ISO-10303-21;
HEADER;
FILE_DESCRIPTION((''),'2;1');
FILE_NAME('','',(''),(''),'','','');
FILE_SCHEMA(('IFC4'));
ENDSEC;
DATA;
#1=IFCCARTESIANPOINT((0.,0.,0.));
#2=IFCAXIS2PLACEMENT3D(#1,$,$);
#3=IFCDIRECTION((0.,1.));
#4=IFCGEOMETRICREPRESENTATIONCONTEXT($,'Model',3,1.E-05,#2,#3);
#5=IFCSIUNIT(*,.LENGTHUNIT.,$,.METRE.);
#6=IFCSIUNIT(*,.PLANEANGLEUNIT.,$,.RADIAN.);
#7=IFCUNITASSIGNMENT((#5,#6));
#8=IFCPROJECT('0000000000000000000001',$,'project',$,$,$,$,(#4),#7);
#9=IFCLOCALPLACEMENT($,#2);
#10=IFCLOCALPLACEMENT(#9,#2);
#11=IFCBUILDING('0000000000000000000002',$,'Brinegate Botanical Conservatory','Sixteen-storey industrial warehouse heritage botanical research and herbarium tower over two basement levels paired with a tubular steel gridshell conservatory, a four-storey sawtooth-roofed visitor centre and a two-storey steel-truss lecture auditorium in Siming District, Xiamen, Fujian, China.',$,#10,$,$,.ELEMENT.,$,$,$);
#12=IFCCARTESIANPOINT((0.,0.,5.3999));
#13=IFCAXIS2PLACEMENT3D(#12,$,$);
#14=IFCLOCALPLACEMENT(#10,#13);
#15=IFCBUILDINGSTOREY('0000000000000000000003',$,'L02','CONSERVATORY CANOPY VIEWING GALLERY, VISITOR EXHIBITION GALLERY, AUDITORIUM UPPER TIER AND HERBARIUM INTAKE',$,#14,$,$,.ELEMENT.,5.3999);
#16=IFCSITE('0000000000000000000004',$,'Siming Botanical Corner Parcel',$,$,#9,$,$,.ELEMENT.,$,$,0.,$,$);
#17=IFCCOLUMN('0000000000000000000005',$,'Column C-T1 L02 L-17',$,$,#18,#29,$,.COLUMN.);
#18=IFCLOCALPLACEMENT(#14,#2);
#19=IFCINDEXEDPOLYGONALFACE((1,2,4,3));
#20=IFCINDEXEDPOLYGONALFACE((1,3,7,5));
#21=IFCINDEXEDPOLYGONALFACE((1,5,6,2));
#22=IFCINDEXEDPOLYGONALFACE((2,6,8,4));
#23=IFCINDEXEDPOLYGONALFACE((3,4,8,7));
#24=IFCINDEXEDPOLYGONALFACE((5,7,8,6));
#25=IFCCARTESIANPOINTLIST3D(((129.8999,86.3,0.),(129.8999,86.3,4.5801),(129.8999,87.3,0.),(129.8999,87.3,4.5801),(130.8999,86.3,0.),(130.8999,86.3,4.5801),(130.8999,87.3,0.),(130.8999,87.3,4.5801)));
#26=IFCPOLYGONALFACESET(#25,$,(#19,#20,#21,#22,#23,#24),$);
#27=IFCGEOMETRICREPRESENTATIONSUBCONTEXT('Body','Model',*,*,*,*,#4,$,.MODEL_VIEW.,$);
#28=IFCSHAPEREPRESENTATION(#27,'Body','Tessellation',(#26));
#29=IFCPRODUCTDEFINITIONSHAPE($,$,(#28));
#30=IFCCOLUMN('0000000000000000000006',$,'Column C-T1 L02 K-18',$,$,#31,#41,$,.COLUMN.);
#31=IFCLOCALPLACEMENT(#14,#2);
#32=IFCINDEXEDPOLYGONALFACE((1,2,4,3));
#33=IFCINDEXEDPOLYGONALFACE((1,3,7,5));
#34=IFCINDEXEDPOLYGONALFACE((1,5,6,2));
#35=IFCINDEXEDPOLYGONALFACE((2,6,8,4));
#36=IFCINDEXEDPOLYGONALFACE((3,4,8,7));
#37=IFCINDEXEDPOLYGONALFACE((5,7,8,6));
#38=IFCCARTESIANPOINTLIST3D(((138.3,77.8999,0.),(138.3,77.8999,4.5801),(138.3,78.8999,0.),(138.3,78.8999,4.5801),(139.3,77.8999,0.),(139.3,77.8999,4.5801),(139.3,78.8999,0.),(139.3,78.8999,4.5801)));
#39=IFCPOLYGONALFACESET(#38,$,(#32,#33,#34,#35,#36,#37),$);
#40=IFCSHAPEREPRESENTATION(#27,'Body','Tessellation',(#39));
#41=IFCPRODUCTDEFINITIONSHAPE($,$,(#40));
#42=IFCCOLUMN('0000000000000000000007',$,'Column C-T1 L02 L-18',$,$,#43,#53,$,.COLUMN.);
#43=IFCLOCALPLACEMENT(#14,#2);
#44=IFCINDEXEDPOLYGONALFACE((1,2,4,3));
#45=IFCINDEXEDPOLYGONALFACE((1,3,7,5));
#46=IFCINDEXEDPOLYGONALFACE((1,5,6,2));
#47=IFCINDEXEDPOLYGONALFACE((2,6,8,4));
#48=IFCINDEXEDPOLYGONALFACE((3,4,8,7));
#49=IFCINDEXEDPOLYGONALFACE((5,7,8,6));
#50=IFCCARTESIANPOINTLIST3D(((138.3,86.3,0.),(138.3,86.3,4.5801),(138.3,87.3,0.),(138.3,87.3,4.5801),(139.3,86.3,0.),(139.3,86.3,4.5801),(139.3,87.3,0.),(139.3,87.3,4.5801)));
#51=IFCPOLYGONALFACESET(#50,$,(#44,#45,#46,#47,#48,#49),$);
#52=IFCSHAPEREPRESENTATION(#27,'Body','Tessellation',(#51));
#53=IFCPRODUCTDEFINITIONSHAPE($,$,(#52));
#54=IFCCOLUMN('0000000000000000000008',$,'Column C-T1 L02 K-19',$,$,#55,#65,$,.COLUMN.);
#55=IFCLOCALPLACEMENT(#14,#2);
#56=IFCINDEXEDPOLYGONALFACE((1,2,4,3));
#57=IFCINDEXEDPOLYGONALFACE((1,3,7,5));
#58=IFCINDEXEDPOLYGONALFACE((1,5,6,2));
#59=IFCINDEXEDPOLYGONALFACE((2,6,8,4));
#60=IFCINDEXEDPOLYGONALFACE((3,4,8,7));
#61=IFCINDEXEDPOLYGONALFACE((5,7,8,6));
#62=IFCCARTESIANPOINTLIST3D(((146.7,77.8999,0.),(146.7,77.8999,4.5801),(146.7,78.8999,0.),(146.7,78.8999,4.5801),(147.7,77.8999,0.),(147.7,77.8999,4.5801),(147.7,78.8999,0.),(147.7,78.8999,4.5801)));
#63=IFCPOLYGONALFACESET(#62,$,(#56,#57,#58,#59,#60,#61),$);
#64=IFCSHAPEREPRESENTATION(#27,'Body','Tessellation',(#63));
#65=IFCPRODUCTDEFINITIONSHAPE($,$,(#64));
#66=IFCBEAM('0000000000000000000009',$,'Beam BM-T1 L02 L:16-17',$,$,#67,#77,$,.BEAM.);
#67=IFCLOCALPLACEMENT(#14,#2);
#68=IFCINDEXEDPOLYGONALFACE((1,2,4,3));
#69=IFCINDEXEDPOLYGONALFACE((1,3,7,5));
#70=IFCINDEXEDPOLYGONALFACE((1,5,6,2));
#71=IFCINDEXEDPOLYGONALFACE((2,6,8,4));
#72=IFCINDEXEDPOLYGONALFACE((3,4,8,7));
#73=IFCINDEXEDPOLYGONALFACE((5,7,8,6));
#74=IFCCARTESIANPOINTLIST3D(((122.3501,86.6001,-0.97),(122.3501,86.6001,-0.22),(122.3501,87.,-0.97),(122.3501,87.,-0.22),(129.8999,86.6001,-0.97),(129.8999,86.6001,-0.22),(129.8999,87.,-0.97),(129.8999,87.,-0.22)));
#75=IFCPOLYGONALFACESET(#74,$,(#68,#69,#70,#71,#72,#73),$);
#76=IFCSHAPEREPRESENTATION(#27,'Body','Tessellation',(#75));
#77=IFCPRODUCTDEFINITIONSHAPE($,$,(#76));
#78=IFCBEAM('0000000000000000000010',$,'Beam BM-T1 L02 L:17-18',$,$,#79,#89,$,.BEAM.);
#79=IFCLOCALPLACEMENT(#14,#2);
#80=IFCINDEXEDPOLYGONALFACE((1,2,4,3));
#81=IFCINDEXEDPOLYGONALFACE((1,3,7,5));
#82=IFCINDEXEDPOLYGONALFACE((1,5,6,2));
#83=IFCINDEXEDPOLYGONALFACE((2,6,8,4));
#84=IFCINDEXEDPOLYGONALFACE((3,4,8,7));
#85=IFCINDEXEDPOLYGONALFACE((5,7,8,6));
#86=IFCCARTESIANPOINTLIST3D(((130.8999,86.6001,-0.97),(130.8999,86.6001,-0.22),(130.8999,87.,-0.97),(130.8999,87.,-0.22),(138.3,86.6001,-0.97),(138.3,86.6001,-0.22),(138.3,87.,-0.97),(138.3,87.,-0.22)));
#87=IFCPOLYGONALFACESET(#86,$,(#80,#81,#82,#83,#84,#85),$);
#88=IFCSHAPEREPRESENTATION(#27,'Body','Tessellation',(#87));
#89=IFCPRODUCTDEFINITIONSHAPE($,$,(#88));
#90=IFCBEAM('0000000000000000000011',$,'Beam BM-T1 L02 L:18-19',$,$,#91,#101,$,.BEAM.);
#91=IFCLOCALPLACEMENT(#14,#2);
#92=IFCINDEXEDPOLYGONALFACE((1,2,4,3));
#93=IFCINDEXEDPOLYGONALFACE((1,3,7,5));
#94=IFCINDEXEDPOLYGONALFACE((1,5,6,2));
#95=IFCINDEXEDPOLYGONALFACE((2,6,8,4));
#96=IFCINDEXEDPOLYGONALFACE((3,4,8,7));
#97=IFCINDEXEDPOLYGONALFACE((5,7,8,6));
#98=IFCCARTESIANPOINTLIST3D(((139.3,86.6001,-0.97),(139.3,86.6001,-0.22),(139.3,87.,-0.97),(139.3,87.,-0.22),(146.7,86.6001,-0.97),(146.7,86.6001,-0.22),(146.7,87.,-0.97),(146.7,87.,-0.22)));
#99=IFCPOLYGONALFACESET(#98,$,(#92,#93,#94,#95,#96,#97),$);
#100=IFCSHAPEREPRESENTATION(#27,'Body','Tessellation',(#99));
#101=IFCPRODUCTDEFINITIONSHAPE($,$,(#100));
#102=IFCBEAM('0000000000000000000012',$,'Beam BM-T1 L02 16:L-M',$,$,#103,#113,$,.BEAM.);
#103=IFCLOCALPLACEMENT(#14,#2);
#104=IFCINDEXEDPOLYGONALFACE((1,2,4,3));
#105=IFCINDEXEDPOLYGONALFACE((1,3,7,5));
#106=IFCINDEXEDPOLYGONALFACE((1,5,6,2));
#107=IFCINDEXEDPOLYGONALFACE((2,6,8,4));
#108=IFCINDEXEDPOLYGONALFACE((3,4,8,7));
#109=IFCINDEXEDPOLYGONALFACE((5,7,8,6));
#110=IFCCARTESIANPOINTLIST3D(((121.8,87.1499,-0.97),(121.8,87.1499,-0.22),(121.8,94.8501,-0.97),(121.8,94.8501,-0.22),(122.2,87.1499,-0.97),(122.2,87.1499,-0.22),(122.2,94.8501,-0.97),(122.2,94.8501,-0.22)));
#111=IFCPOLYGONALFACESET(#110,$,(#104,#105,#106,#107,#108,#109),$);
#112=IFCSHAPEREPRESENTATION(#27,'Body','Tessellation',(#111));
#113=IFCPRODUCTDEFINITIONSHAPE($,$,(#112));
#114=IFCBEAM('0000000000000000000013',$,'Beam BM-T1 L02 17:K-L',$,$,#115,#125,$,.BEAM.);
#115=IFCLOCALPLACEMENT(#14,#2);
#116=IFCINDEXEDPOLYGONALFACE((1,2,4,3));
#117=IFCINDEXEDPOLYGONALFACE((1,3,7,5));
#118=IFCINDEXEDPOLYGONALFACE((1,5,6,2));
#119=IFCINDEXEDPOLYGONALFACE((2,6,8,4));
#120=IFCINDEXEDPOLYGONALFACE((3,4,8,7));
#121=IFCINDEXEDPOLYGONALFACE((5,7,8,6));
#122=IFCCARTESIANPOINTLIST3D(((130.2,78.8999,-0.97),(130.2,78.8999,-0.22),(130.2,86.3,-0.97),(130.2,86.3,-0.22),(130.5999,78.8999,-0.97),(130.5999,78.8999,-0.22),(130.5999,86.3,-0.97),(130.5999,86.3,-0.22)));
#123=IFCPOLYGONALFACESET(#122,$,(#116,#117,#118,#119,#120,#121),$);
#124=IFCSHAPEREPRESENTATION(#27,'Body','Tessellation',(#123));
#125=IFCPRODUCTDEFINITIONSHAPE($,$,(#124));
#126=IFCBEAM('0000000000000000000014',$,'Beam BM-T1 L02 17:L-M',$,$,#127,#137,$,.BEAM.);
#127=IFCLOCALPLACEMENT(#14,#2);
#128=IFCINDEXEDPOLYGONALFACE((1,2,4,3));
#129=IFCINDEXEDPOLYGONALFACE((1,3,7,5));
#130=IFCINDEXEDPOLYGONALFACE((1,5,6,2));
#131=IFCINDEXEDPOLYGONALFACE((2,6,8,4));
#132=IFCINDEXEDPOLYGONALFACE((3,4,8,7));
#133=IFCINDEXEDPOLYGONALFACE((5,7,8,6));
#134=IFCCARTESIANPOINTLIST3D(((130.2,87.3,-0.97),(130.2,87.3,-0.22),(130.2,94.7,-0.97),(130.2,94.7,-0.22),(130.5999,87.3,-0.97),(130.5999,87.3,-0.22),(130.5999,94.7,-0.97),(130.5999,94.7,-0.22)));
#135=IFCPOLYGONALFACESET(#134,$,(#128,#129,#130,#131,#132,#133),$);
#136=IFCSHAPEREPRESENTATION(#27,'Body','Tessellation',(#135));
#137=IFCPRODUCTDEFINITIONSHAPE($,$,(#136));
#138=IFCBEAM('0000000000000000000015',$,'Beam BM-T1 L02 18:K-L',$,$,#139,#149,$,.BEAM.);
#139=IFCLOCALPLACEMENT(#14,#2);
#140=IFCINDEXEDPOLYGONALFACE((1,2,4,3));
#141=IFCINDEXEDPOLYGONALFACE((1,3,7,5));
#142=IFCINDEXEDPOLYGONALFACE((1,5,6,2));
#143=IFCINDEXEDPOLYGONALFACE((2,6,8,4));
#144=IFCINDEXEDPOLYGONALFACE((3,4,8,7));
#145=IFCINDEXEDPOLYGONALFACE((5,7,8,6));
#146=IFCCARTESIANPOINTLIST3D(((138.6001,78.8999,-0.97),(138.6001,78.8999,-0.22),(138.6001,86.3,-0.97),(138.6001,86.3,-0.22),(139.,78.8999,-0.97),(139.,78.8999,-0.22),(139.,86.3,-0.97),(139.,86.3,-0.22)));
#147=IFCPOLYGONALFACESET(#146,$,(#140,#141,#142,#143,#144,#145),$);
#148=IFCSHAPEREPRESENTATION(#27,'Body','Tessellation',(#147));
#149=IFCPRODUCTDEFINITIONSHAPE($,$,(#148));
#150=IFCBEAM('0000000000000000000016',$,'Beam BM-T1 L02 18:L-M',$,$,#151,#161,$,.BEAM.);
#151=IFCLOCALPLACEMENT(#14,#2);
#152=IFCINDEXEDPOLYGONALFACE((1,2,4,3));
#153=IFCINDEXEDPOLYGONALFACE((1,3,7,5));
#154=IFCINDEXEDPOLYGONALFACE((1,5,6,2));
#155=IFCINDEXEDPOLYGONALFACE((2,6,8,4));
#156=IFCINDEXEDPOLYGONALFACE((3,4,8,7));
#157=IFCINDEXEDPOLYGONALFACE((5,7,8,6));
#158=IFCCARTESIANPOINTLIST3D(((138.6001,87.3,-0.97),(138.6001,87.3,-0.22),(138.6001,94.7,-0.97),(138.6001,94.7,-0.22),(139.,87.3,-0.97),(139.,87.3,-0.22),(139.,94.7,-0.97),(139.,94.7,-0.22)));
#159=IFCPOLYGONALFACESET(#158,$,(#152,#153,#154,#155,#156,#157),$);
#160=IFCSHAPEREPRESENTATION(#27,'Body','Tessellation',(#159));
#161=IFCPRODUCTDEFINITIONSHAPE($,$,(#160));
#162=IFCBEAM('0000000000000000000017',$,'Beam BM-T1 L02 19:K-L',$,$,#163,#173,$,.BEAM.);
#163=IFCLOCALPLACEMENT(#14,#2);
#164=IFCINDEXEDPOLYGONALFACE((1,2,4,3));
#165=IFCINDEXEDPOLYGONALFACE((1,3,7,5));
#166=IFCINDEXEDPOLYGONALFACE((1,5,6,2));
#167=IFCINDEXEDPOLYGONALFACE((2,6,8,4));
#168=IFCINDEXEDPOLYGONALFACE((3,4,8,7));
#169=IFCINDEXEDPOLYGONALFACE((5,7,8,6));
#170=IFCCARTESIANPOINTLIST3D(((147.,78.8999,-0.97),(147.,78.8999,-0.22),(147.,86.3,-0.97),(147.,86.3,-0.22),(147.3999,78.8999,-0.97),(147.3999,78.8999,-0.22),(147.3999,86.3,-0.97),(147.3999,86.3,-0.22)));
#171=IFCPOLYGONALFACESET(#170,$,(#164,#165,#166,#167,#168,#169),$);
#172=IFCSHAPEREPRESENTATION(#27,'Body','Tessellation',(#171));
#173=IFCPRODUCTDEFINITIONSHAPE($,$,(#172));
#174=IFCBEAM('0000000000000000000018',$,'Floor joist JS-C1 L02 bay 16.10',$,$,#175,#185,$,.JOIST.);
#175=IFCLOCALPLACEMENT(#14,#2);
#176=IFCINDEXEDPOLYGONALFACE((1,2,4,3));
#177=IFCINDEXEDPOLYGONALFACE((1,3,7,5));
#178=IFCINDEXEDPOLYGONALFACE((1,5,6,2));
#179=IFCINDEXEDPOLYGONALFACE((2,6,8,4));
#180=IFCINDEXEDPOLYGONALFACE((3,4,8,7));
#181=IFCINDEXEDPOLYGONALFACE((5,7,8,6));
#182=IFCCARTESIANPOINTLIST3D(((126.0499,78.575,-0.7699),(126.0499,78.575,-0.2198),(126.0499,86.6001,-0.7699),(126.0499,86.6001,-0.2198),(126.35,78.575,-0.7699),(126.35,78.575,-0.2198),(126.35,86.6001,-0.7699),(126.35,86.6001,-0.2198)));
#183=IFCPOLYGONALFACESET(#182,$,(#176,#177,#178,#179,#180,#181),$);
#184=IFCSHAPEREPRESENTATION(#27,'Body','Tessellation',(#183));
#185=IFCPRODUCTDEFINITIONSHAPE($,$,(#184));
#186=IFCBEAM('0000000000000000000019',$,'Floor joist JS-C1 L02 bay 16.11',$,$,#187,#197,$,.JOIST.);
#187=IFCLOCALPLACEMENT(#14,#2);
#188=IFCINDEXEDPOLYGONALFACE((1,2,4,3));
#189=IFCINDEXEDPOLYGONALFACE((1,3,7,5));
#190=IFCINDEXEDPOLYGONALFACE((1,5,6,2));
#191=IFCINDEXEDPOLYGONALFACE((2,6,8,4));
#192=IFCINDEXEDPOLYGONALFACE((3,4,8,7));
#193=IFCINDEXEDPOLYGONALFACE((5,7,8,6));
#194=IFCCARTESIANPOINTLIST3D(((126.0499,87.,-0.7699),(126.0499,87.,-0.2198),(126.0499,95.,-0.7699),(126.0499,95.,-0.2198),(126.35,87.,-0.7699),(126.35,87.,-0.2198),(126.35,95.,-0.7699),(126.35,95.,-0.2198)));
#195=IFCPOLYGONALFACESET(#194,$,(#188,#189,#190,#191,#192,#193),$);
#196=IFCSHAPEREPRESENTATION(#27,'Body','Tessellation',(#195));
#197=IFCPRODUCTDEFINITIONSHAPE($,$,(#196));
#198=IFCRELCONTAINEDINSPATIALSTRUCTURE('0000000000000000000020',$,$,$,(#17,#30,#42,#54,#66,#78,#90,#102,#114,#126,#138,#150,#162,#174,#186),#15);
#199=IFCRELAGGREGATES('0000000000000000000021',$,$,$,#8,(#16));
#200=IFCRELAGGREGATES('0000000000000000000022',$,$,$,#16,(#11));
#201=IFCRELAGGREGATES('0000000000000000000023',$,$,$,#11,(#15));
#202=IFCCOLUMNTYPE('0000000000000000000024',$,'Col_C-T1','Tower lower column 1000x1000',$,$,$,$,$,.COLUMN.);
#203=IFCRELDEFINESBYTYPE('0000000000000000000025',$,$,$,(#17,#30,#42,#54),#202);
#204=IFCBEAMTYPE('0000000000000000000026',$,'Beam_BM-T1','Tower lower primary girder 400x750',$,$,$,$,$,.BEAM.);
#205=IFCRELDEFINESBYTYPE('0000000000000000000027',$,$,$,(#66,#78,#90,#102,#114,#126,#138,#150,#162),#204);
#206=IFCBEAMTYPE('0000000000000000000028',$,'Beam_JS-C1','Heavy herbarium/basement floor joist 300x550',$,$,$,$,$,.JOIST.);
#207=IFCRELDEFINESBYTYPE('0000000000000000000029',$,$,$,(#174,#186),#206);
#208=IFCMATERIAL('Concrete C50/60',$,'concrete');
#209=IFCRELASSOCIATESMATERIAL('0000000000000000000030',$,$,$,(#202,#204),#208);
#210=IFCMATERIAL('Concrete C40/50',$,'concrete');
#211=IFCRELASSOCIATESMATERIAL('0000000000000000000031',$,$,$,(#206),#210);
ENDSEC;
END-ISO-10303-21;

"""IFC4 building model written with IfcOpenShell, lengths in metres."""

from ifc_helpers import new_model, si_unit, direction, frame, origin, origin_2d, place, context, subcontext, project, spatial, rectangle, extrude, material, material_profile, profile_set, type_object, element, save


model = new_model("IFC4")

# Units and contexts
model_context = context("Model", 3, precision=1e-05, world=origin(), true_north=direction((0.0, 1.0)))
body_context = subcontext(model_context, "Body", "Model", "MODEL_VIEW")
ifc_project = project(units=[si_unit("LENGTHUNIT", "METRE"), si_unit("PLANEANGLEUNIT", "RADIAN")], contexts=[model_context])

# Site, building, storey
site_placement = place(None, origin())
site = spatial("IfcSite", under=ifc_project, at=site_placement, Name="Siming Botanical Corner Parcel", CompositionType="ELEMENT", RefElevation=0.0)
building_placement = place(site_placement, origin())
building = spatial("IfcBuilding", under=site, at=building_placement, Name="Brinegate Botanical Conservatory", Description="Sixteen-storey industrial warehouse heritage botanical research and herbarium tower over two basement levels paired with a tubular steel gridshell conservatory, a four-storey sawtooth-roofed visitor centre and a two-storey steel-truss lecture auditorium in Siming District, Xiamen, Fujian, China.", CompositionType="ELEMENT")
storey_placement = place(building_placement, frame((0.0, 0.0, 5.3999)))
storey = spatial("IfcBuildingStorey", under=building, at=storey_placement, Name="L02", Description="CONSERVATORY CANOPY VIEWING GALLERY, VISITOR EXHIBITION GALLERY, AUDITORIUM UPPER TIER AND HERBARIUM INTAKE", CompositionType="ELEMENT", Elevation=5.3999)

# Columns
ifc_material_1 = material(Name="Concrete C50/60", Category="concrete")
ifc_material_profile_1 = material_profile(ifc_material_1, rectangle(XDim=1.0, YDim=1.0, at=origin_2d()), Name="RC COL 1000x1000")
ifc_profile_set_1 = profile_set([ifc_material_profile_1], Name="Concrete C50/60")
column_type = type_object("IfcColumnType", Name="Col_C-T1", Description="Tower lower column 1000x1000", PredefinedType="COLUMN", material=ifc_profile_set_1)
for number, where, z_axis, x_axis, name in (
    (1, (130.3999, 86.8, 0.0), (0.0, 0.0, 1.0), (1.0, 0.0, 0.0), "Column C-T1 L02 L-17"),
    (2, (138.8, 78.3999, 0.0), (0.0, 0.0, 1.0), (1.0, 0.0, 0.0), "Column C-T1 L02 K-18"),
    (3, (138.8, 86.8, 0.0), (0.0, 0.0, 1.0), (1.0, 0.0, 0.0), "Column C-T1 L02 L-18"),
    (4, (147.2, 78.3999, 0.0), (0.0, 0.0, 1.0), (1.0, 0.0, 0.0), "Column C-T1 L02 K-19"),
):
    element("IfcColumn", number, at=place(storey_placement, frame(where, z_axis=z_axis, x_axis=x_axis)), inside=storey, type_object=column_type, Name=name, PredefinedType="COLUMN", context=body_context, shape_type="SweptSolid", body=[
        extrude(rectangle(XDim=1.0, YDim=1.0, at=origin_2d()), origin(), (0.0, 0.0, 1.0), 4.5801),
    ])

# Beams
ifc_material_profile_2 = material_profile(ifc_material_1, rectangle(XDim=0.3999, YDim=0.75, at=origin_2d()), Name="RC BM 400x750")
ifc_profile_set_2 = profile_set([ifc_material_profile_2], Name="Concrete C50/60")
beam_type_1 = type_object("IfcBeamType", Name="Beam_BM-T1", Description="Tower lower primary girder 400x750", PredefinedType="BEAM", material=ifc_profile_set_2)
beam_1_placement = place(storey_placement, frame((122.3501, 86.8, -0.595), z_axis=(1.0, 0.0, 0.0), x_axis=(0.0, 1.0, 0.0)))
element("IfcBeam", 5, at=beam_1_placement, inside=storey, type_object=beam_type_1, Name="Beam BM-T1 L02 L:16-17", PredefinedType="BEAM", context=body_context, shape_type="SweptSolid", body=[
    extrude(rectangle(XDim=0.3999, YDim=0.75, at=origin_2d()), origin(), (0.0, 0.0, 1.0), 7.5498),
])
beam_2_placement = place(storey_placement, frame((130.8999, 86.8, -0.595), z_axis=(1.0, 0.0, 0.0), x_axis=(0.0, 1.0, 0.0)))
element("IfcBeam", 6, at=beam_2_placement, inside=storey, type_object=beam_type_1, Name="Beam BM-T1 L02 L:17-18", PredefinedType="BEAM", context=body_context, shape_type="SweptSolid", body=[
    extrude(rectangle(XDim=0.3999, YDim=0.75, at=origin_2d()), origin(), (0.0, 0.0, 1.0), 7.4001),
])
beam_3_placement = place(storey_placement, frame((139.3, 86.8, -0.595), z_axis=(1.0, 0.0, 0.0), x_axis=(0.0, 1.0, 0.0)))
element("IfcBeam", 7, at=beam_3_placement, inside=storey, type_object=beam_type_1, Name="Beam BM-T1 L02 L:18-19", PredefinedType="BEAM", context=body_context, shape_type="SweptSolid", body=[
    extrude(rectangle(XDim=0.3999, YDim=0.75, at=origin_2d()), origin(), (0.0, 0.0, 1.0), 7.3999),
])
beam_4_placement = place(storey_placement, frame((122.0, 87.1499, -0.595), z_axis=(0.0, 1.0, 0.0), x_axis=(-1.0, 0.0, 0.0)))
element("IfcBeam", 8, at=beam_4_placement, inside=storey, type_object=beam_type_1, Name="Beam BM-T1 L02 16:L-M", PredefinedType="BEAM", context=body_context, shape_type="SweptSolid", body=[
    extrude(rectangle(XDim=0.3999, YDim=0.75, at=origin_2d()), origin(), (0.0, 0.0, 1.0), 7.7002),
])
beam_5_placement = place(storey_placement, frame((130.3999, 78.8999, -0.595), z_axis=(0.0, 1.0, 0.0), x_axis=(-1.0, 0.0, 0.0)))
element("IfcBeam", 9, at=beam_5_placement, inside=storey, type_object=beam_type_1, Name="Beam BM-T1 L02 17:K-L", PredefinedType="BEAM", context=body_context, shape_type="SweptSolid", body=[
    extrude(rectangle(XDim=0.3999, YDim=0.75, at=origin_2d()), origin(), (0.0, 0.0, 1.0), 7.4001),
])
beam_6_placement = place(storey_placement, frame((130.3999, 87.3, -0.595), z_axis=(0.0, 1.0, 0.0), x_axis=(-1.0, 0.0, 0.0)))
element("IfcBeam", 10, at=beam_6_placement, inside=storey, type_object=beam_type_1, Name="Beam BM-T1 L02 17:L-M", PredefinedType="BEAM", context=body_context, shape_type="SweptSolid", body=[
    extrude(rectangle(XDim=0.3999, YDim=0.75, at=origin_2d()), origin(), (0.0, 0.0, 1.0), 7.3999),
])
beam_7_placement = place(storey_placement, frame((138.8, 78.8999, -0.595), z_axis=(0.0, 1.0, 0.0), x_axis=(-1.0, 0.0, 0.0)))
element("IfcBeam", 11, at=beam_7_placement, inside=storey, type_object=beam_type_1, Name="Beam BM-T1 L02 18:K-L", PredefinedType="BEAM", context=body_context, shape_type="SweptSolid", body=[
    extrude(rectangle(XDim=0.3999, YDim=0.75, at=origin_2d()), origin(), (0.0, 0.0, 1.0), 7.4001),
])
beam_8_placement = place(storey_placement, frame((138.8, 87.3, -0.595), z_axis=(0.0, 1.0, 0.0), x_axis=(-1.0, 0.0, 0.0)))
element("IfcBeam", 12, at=beam_8_placement, inside=storey, type_object=beam_type_1, Name="Beam BM-T1 L02 18:L-M", PredefinedType="BEAM", context=body_context, shape_type="SweptSolid", body=[
    extrude(rectangle(XDim=0.3999, YDim=0.75, at=origin_2d()), origin(), (0.0, 0.0, 1.0), 7.3999),
])
beam_9_placement = place(storey_placement, frame((147.2, 78.8999, -0.595), z_axis=(0.0, 1.0, 0.0), x_axis=(-1.0, 0.0, 0.0)))
element("IfcBeam", 13, at=beam_9_placement, inside=storey, type_object=beam_type_1, Name="Beam BM-T1 L02 19:K-L", PredefinedType="BEAM", context=body_context, shape_type="SweptSolid", body=[
    extrude(rectangle(XDim=0.3999, YDim=0.75, at=origin_2d()), origin(), (0.0, 0.0, 1.0), 7.4001),
])
ifc_material_2 = material(Name="Concrete C40/50", Category="concrete")
ifc_material_profile_3 = material_profile(ifc_material_2, rectangle(XDim=0.3, YDim=0.55, at=origin_2d()), Name="RC JST 300x550")
ifc_profile_set_3 = profile_set([ifc_material_profile_3], Name="Concrete C40/50")
beam_type_2 = type_object("IfcBeamType", Name="Beam_JS-C1", Description="Heavy herbarium/basement floor joist 300x550", PredefinedType="JOIST", material=ifc_profile_set_3)
beam_10_placement = place(storey_placement, frame((126.2, 78.575, -0.4949), z_axis=(0.0, 1.0, 0.0), x_axis=(-1.0, 0.0, 0.0)))
element("IfcBeam", 14, at=beam_10_placement, inside=storey, type_object=beam_type_2, Name="Floor joist JS-C1 L02 bay 16.10", PredefinedType="JOIST", context=body_context, shape_type="SweptSolid", body=[
    extrude(rectangle(XDim=0.3, YDim=0.55, at=origin_2d()), origin(), (0.0, 0.0, 1.0), 8.0251),
])
beam_11_placement = place(storey_placement, frame((126.2, 87.0, -0.4949), z_axis=(0.0, 1.0, 0.0), x_axis=(-1.0, 0.0, 0.0)))
element("IfcBeam", 15, at=beam_11_placement, inside=storey, type_object=beam_type_2, Name="Floor joist JS-C1 L02 bay 16.11", PredefinedType="JOIST", context=body_context, shape_type="SweptSolid", body=[
    extrude(rectangle(XDim=0.3, YDim=0.55, at=origin_2d()), origin(), (0.0, 0.0, 1.0), 8.0),
])

save(model, "model.ifc")
